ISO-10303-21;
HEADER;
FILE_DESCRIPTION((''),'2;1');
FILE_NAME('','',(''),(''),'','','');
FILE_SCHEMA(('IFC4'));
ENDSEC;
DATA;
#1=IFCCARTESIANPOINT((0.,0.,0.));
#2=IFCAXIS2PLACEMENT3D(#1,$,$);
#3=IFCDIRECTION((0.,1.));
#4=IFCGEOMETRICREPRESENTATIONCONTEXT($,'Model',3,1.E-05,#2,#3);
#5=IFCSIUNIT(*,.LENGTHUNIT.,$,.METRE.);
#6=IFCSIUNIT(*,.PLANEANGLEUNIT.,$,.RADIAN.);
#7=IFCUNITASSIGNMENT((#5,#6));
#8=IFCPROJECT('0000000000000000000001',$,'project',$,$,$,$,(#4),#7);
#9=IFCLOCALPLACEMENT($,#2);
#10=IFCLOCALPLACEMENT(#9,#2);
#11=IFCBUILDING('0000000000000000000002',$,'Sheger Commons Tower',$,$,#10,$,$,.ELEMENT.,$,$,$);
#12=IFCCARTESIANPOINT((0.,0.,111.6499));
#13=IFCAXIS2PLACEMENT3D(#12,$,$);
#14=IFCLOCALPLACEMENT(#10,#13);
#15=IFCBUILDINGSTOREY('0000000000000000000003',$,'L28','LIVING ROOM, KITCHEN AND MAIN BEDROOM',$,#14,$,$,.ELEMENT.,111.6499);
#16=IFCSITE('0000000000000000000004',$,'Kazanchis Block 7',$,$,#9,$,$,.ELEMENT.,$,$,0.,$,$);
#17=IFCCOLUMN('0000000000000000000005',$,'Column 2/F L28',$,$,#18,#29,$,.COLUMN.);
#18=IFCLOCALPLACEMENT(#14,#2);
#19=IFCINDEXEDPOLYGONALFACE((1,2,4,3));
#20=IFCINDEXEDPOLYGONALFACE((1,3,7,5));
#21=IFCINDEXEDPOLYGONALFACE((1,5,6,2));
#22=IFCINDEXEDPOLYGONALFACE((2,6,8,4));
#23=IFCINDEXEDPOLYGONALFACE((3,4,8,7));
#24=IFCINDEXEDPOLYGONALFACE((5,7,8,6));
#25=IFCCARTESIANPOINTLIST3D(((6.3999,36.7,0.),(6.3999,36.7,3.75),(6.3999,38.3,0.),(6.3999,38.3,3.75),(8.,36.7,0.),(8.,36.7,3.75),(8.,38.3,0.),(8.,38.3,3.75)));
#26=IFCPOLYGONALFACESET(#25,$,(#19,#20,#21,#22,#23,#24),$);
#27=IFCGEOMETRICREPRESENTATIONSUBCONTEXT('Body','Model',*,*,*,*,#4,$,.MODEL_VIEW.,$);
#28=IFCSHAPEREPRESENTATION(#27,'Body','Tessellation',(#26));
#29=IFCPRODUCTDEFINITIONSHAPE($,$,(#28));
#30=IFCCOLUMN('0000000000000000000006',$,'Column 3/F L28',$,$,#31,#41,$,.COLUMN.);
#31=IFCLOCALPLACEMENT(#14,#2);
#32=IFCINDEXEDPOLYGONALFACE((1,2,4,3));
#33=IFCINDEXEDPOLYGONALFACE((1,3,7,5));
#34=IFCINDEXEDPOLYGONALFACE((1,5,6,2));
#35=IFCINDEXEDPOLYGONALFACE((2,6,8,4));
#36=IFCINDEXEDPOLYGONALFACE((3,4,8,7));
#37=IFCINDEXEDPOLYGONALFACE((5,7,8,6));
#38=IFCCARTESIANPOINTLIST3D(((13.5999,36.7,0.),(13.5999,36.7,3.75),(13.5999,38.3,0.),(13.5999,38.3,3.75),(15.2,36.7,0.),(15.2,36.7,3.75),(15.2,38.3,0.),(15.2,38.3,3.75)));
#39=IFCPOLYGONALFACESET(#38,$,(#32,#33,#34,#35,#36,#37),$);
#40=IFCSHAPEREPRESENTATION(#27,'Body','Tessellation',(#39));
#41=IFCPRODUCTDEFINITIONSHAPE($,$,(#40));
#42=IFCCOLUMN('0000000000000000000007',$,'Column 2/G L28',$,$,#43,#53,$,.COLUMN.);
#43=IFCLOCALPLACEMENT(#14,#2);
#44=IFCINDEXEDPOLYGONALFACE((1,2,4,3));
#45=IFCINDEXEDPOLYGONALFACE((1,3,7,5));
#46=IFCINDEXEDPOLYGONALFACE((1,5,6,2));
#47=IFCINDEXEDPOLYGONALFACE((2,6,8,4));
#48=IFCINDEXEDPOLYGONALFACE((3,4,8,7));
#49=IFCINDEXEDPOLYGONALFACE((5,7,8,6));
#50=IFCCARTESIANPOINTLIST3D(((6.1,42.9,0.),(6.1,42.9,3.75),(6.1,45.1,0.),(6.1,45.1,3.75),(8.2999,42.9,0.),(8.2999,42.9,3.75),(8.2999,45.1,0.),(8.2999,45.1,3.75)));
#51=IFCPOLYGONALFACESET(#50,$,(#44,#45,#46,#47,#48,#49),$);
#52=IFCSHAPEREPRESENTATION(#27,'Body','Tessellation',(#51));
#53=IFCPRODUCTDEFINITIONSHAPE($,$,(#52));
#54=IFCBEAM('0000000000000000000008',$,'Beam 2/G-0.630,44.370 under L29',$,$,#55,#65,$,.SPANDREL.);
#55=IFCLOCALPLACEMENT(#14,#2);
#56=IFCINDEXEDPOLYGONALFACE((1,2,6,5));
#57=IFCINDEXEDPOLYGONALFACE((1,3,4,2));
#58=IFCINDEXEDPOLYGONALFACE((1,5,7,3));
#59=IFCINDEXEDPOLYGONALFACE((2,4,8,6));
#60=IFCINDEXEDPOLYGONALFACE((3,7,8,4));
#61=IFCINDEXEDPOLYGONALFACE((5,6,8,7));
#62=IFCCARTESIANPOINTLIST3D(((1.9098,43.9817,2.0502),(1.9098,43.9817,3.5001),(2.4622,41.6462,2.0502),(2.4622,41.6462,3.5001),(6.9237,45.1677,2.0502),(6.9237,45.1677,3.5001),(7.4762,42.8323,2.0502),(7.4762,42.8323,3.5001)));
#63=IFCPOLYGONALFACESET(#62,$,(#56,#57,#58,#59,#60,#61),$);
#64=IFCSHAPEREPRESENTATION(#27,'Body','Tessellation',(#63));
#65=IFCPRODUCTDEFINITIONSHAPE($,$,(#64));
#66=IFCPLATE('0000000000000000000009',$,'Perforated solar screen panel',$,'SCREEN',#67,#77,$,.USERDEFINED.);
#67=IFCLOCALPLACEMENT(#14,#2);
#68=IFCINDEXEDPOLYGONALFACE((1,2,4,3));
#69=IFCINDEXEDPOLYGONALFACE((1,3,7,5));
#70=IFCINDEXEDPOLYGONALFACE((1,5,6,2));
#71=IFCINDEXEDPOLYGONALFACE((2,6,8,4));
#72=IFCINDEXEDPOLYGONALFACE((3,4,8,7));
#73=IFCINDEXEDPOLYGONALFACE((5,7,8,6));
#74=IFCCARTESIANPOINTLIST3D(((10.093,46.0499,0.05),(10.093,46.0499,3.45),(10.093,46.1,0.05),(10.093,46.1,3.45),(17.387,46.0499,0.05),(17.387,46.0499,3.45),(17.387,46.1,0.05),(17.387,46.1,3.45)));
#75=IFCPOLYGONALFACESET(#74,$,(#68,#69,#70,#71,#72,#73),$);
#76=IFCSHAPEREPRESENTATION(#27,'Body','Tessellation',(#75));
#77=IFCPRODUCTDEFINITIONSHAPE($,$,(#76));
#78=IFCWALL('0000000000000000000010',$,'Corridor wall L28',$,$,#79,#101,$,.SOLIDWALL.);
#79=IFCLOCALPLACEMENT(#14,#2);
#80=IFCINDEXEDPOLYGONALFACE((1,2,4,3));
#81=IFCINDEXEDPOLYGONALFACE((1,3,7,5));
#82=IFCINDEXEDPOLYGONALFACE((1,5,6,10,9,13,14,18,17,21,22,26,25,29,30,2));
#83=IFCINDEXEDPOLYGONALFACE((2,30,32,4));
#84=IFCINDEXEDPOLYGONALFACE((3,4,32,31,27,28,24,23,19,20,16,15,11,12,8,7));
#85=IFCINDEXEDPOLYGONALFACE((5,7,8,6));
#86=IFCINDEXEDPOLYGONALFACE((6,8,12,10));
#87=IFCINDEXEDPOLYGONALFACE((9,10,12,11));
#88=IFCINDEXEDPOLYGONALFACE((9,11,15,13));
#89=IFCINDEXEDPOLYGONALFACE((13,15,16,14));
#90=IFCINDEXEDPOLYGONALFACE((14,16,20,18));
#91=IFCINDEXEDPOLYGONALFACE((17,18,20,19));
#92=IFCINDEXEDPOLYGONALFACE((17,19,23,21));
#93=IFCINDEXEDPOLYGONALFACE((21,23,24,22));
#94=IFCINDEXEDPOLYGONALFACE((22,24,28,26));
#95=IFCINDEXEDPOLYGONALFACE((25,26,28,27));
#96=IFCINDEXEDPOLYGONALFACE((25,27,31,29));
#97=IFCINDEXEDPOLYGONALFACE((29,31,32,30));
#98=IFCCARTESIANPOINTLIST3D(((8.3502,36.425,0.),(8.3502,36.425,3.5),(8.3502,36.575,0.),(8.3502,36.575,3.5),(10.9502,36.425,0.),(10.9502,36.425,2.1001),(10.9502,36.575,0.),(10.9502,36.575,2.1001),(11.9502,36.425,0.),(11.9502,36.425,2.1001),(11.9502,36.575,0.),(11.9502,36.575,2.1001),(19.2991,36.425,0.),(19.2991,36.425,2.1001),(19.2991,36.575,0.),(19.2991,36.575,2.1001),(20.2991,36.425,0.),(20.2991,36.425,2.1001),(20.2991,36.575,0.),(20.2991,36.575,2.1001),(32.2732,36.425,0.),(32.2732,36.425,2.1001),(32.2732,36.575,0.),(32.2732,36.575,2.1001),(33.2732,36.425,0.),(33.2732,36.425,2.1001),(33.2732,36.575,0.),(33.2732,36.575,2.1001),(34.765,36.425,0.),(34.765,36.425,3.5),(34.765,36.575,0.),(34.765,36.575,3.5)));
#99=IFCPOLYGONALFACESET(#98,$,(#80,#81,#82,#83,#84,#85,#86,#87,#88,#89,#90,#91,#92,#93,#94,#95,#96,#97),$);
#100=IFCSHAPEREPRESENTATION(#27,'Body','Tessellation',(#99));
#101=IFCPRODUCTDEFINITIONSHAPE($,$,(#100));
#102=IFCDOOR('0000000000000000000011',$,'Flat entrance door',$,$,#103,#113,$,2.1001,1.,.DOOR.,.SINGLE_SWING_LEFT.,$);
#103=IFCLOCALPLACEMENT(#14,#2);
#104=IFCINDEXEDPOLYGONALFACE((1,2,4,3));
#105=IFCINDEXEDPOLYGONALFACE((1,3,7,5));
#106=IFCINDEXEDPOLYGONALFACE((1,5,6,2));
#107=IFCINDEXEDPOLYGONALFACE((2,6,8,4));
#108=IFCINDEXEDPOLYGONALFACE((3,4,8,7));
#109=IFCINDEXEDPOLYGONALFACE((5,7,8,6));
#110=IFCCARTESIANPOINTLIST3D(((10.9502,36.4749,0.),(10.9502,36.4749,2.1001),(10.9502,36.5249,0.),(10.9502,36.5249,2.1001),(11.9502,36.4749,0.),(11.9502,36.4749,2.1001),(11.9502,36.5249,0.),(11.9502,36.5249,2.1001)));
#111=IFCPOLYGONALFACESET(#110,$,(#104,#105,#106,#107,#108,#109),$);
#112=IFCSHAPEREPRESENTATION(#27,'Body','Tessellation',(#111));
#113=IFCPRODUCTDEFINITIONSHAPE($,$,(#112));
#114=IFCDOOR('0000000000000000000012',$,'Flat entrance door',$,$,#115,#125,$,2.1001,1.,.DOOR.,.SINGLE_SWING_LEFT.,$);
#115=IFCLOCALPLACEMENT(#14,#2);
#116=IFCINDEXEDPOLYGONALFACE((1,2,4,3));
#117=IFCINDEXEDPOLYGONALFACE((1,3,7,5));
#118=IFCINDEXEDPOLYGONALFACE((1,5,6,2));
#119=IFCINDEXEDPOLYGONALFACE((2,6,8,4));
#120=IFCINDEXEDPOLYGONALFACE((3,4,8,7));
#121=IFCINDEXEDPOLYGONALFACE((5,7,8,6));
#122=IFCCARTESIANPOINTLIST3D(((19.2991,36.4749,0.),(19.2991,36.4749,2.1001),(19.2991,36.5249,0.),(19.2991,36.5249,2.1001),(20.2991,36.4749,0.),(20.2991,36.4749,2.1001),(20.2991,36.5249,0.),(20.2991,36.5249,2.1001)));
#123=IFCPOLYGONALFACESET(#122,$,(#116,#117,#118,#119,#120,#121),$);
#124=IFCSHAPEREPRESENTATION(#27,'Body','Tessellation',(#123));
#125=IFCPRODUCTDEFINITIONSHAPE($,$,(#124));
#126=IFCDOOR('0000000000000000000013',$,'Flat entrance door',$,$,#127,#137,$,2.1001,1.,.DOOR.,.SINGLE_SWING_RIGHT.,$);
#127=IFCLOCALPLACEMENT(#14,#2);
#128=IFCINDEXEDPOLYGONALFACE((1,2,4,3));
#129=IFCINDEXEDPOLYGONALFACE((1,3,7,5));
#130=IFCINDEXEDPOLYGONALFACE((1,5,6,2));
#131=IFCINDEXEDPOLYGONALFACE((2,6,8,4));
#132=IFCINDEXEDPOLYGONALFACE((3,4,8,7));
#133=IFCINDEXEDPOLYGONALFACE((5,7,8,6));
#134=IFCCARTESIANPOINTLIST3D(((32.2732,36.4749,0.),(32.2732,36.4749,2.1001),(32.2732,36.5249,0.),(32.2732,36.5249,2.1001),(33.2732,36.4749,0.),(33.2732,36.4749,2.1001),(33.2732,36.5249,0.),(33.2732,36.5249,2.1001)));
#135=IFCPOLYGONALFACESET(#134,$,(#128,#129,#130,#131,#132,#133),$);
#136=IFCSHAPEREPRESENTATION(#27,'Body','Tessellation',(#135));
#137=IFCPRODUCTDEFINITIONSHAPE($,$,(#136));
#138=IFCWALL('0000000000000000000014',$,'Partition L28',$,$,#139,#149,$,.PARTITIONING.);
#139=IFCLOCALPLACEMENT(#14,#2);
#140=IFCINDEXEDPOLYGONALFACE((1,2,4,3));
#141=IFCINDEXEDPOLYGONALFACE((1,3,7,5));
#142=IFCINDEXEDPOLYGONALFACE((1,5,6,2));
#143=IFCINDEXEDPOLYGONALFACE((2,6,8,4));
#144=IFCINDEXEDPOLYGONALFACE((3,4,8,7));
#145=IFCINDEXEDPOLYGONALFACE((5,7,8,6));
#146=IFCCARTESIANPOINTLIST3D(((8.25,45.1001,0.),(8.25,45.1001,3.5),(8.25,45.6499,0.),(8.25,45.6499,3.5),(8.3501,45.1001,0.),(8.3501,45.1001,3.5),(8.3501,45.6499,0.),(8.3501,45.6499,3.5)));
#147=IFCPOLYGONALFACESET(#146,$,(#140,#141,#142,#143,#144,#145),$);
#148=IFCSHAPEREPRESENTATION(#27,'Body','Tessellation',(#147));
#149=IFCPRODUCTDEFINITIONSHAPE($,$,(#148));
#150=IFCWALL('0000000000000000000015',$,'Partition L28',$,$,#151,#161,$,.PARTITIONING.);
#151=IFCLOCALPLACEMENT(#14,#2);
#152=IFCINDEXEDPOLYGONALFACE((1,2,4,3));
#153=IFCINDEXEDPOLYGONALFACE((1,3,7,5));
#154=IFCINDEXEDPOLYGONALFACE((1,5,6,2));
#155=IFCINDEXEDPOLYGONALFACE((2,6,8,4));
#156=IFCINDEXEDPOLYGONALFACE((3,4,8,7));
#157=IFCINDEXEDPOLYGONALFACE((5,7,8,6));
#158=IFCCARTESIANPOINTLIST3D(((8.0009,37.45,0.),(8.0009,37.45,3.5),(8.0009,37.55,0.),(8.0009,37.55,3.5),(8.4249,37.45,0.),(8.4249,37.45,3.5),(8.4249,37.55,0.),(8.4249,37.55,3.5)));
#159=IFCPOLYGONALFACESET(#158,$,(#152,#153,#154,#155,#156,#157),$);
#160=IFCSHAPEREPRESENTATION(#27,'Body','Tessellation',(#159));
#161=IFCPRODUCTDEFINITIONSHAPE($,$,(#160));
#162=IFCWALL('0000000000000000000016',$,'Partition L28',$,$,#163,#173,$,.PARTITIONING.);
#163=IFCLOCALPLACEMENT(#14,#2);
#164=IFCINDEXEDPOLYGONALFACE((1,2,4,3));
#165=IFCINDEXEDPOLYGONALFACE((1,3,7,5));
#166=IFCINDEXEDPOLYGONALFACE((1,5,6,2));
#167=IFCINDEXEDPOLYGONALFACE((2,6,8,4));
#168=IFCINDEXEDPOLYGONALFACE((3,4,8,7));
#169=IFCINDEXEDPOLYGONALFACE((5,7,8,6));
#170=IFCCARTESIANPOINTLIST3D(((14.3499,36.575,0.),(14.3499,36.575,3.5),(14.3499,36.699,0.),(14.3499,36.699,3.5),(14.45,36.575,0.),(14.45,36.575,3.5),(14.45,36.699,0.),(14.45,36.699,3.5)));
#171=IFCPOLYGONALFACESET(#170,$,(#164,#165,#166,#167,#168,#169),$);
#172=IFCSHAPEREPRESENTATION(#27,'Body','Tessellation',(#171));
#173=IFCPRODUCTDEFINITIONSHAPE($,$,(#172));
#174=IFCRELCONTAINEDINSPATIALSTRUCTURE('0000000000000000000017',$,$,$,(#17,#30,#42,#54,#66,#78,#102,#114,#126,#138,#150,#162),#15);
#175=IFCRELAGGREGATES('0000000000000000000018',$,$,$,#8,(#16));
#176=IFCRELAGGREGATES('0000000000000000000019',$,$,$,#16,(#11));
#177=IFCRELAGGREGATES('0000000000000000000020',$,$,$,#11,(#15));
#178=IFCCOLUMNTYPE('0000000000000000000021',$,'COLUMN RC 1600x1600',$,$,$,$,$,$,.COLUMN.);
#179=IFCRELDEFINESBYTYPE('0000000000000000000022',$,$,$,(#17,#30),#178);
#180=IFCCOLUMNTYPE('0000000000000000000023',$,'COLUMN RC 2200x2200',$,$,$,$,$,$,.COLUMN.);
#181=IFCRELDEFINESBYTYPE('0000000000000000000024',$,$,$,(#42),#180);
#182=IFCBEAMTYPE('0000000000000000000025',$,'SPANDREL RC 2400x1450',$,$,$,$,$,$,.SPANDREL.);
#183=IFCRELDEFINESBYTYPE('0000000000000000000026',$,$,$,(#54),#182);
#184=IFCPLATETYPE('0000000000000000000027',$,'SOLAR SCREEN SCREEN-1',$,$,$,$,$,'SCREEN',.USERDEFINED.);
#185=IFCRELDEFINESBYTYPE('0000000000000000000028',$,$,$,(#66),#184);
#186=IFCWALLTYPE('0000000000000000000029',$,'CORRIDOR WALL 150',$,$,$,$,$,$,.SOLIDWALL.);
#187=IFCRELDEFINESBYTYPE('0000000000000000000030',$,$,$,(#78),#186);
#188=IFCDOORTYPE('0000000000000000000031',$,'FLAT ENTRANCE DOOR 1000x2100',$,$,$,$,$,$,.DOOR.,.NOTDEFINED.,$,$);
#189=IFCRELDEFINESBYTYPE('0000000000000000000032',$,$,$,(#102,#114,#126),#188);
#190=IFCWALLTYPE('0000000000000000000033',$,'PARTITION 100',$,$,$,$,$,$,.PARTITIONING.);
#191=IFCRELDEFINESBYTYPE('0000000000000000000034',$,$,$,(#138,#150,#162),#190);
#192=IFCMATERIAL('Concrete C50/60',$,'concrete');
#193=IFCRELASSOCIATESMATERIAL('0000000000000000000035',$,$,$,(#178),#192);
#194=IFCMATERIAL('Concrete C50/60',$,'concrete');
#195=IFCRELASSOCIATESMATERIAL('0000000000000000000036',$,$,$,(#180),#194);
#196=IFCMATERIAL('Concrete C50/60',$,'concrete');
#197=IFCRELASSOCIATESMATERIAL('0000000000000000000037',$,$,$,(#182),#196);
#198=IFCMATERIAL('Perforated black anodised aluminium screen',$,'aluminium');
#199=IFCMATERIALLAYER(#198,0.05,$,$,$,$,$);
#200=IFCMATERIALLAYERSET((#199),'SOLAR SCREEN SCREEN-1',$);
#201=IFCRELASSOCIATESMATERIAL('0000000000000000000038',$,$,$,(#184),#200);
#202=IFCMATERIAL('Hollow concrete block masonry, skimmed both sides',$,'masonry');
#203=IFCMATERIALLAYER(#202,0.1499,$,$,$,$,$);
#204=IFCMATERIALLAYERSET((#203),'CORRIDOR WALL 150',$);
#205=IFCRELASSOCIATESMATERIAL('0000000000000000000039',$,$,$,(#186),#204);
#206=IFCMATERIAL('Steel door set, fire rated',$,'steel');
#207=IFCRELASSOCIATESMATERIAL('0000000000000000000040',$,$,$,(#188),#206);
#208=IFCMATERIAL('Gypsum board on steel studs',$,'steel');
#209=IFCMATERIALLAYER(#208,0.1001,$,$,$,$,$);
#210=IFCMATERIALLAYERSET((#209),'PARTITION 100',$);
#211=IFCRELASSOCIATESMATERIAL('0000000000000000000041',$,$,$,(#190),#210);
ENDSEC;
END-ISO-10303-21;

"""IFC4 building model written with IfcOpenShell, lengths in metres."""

from ifc_helpers import new_model, si_unit, direction, frame, frame_2d, origin, origin_2d, place, context, subcontext, project, spatial, rectangle, extrude, material, layer, layer_set, material_profile, profile_set, type_object, element, fill, save


model = new_model("IFC4")

# Units and contexts
model_context = context("Model", 3, precision=1e-05, world=origin(), true_north=direction((0.0, 1.0)))
body_context = subcontext(model_context, "Body", "Model", "MODEL_VIEW")
ifc_project = project(units=[si_unit("LENGTHUNIT", "METRE"), si_unit("PLANEANGLEUNIT", "RADIAN")], contexts=[model_context])

# Site, building, storey
site_placement = place(None, origin())
site = spatial("IfcSite", under=ifc_project, at=site_placement, Name="Kazanchis Block 7", CompositionType="ELEMENT", RefElevation=0.0)
building_placement = place(site_placement, origin())
building = spatial("IfcBuilding", under=site, at=building_placement, Name="Sheger Commons Tower", CompositionType="ELEMENT")
storey_placement = place(building_placement, frame((0.0, 0.0, 111.6499)))
storey = spatial("IfcBuildingStorey", under=building, at=storey_placement, Name="L28", Description="LIVING ROOM, KITCHEN AND MAIN BEDROOM", CompositionType="ELEMENT", Elevation=111.6499)

# Columns
ifc_material_1 = material(Name="Concrete C50/60", Category="concrete")
ifc_material_profile_1 = material_profile(ifc_material_1, rectangle(XDim=1.6001, YDim=1.6001, at=origin_2d()), Name="RC 1600x1600")
ifc_profile_set_1 = profile_set([ifc_material_profile_1], Name="Concrete C50/60")
column_type_1 = type_object("IfcColumnType", Name="COLUMN RC 1600x1600", PredefinedType="COLUMN", material=ifc_profile_set_1)
for number, where, z_axis, x_axis, name in (
    (1, (7.2, 37.5, 0.0), (0.0, 0.0, 1.0), (1.0, 0.0, 0.0), "Column 2/F L28"),
    (2, (14.3999, 37.5, 0.0), (0.0, 0.0, 1.0), (1.0, 0.0, 0.0), "Column 3/F L28"),
):
    element("IfcColumn", number, at=place(storey_placement, frame(where, z_axis=z_axis, x_axis=x_axis)), inside=storey, type_object=column_type_1, Name=name, PredefinedType="COLUMN", context=body_context, shape_type="SweptSolid", body=[
        extrude(rectangle(XDim=1.6001, YDim=1.6001, at=origin_2d()), origin(), (0.0, 0.0, 1.0), 3.75),
    ])
ifc_material_2 = material(Name="Concrete C50/60", Category="concrete")
ifc_material_profile_2 = material_profile(ifc_material_2, rectangle(XDim=2.2, YDim=2.2, at=origin_2d()), Name="RC 2200x2200")
ifc_profile_set_2 = profile_set([ifc_material_profile_2], Name="Concrete C50/60")
column_type_2 = type_object("IfcColumnType", Name="COLUMN RC 2200x2200", PredefinedType="COLUMN", material=ifc_profile_set_2)
column_placement = place(storey_placement, frame((7.2, 44.0, 0.0), z_axis=(0.0, 0.0, 1.0), x_axis=(1.0, 0.0, 0.0)))
element("IfcColumn", 3, at=column_placement, inside=storey, type_object=column_type_2, Name="Column 2/G L28", PredefinedType="COLUMN", context=body_context, shape_type="SweptSolid", body=[
    extrude(rectangle(XDim=2.2, YDim=2.2, at=origin_2d()), origin(), (0.0, 0.0, 1.0), 3.75),
])

# Beam
ifc_material_3 = material(Name="Concrete C50/60", Category="concrete")
ifc_material_profile_3 = material_profile(ifc_material_3, rectangle(XDim=2.3999, YDim=1.45, at=origin_2d()), Name="RC 2400x1450")
ifc_profile_set_3 = profile_set([ifc_material_profile_3], Name="Concrete C50/60")
beam_type = type_object("IfcBeamType", Name="SPANDREL RC 2400x1450", PredefinedType="SPANDREL", material=ifc_profile_set_3)
beam_placement = place(storey_placement, frame((7.2, 44.0, 2.7751), z_axis=(-0.973144, -0.230196, 0.0), x_axis=(0.230196, -0.973144, 0.0)))
element("IfcBeam", 4, at=beam_placement, inside=storey, type_object=beam_type, Name="Beam 2/G-0.630,44.370 under L29", PredefinedType="SPANDREL", context=body_context, shape_type="SweptSolid", body=[
    extrude(rectangle(XDim=2.3999, YDim=1.45, at=origin_2d()), origin(), (0.0, 0.0, 1.0), 5.1523),
])

# Plate
ifc_material_4 = material(Name="Perforated black anodised aluminium screen", Category="aluminium")
ifc_layer_1 = layer(ifc_material_4, 0.05)
ifc_layer_set_1 = layer_set([ifc_layer_1], Name="SOLAR SCREEN SCREEN-1")
plate_type = type_object("IfcPlateType", Name="SOLAR SCREEN SCREEN-1", ElementType="SCREEN", PredefinedType="USERDEFINED", material=ifc_layer_set_1)
plate_placement = place(storey_placement, frame((13.74, 46.075, 0.05), z_axis=(0.0, 0.0, 1.0), x_axis=(-1.0, 0.0, 0.0)))
element("IfcPlate", 5, at=plate_placement, inside=storey, type_object=plate_type, Name="Perforated solar screen panel", ObjectType="SCREEN", PredefinedType="USERDEFINED", context=body_context, shape_type="SweptSolid", body=[
    extrude(rectangle(XDim=7.2939, YDim=0.05, at=origin_2d()), origin(), (0.0, 0.0, 1.0), 3.3999),
])

# Wall, openings, doors
ifc_material_5 = material(Name="Hollow concrete block masonry, skimmed both sides", Category="masonry")
ifc_layer_2 = layer(ifc_material_5, 0.1499)
ifc_layer_set_2 = layer_set([ifc_layer_2], Name="CORRIDOR WALL 150")
wall_type_1 = type_object("IfcWallType", Name="CORRIDOR WALL 150", PredefinedType="SOLIDWALL", material=ifc_layer_set_2)
wall_1_placement = place(storey_placement, frame((8.3501, 36.5, 0.0), z_axis=(0.0, 0.0, 1.0), x_axis=(1.0, 0.0, 0.0)))
wall_1 = element("IfcWall", 6, at=wall_1_placement, inside=storey, type_object=wall_type_1, Name="Corridor wall L28", PredefinedType="SOLIDWALL", context=body_context, shape_type="SweptSolid", body=[
    extrude(rectangle(XDim=26.4148, YDim=0.1499, at=frame_2d((13.2075, 0.0))), origin(), (0.0, 0.0, 1.0), 3.5),
])
opening_1_placement = place(wall_1_placement, frame((2.6001, 0.0, 0.0)))
opening_1 = element("IfcOpeningElement", 7, at=opening_1_placement, cuts=wall_1, PredefinedType="OPENING", context=body_context, shape_type="SweptSolid", body=[
    extrude(rectangle(XDim=1.0, YDim=2.1001, at=frame_2d((0.5, 1.05))), frame((0.0, 0.085, 0.0), z_axis=(0.0, -1.0, 0.0), x_axis=(1.0, 0.0, 0.0)), (0.0, 0.0, 1.0), 0.1699),
])
opening_2_placement = place(wall_1_placement, frame((10.949, 0.0, 0.0)))
opening_2 = element("IfcOpeningElement", 8, at=opening_2_placement, cuts=wall_1, PredefinedType="OPENING", context=body_context, shape_type="SweptSolid", body=[
    extrude(rectangle(XDim=1.0, YDim=2.1001, at=frame_2d((0.5, 1.05))), frame((0.0, 0.085, 0.0), z_axis=(0.0, -1.0, 0.0), x_axis=(1.0, 0.0, 0.0)), (0.0, 0.0, 1.0), 0.1699),
])
opening_3_placement = place(wall_1_placement, frame((23.9231, 0.0, 0.0)))
opening_3 = element("IfcOpeningElement", 9, at=opening_3_placement, cuts=wall_1, PredefinedType="OPENING", context=body_context, shape_type="SweptSolid", body=[
    extrude(rectangle(XDim=1.0, YDim=2.1001, at=frame_2d((0.5, 1.05))), frame((0.0, 0.085, 0.0), z_axis=(0.0, -1.0, 0.0), x_axis=(1.0, 0.0, 0.0)), (0.0, 0.0, 1.0), 0.1699),
])
ifc_material_6 = material(Name="Steel door set, fire rated", Category="steel")
door_type_1 = type_object("IfcDoorType", Name="FLAT ENTRANCE DOOR 1000x2100", OperationType="NOTDEFINED", PredefinedType="DOOR", material=ifc_material_6)
door_1_placement = place(opening_1_placement, origin())
door_1 = element("IfcDoor", 10, at=door_1_placement, inside=storey, type_object=door_type_1, Name="Flat entrance door", OperationType="SINGLE_SWING_LEFT", OverallHeight=2.1001, OverallWidth=1.0, PredefinedType="DOOR", context=body_context, shape_type="SweptSolid", body=[
    extrude(rectangle(XDim=1.0, YDim=2.1001, at=frame_2d((0.5, 1.05))), frame((0.0, 0.0249, 0.0), z_axis=(0.0, -1.0, 0.0), x_axis=(1.0, 0.0, 0.0)), (0.0, 0.0, 1.0), 0.05),
])
fill(opening_1, door_1)
door_2_placement = place(opening_2_placement, origin())
door_2 = element("IfcDoor", 11, at=door_2_placement, inside=storey, type_object=door_type_1, Name="Flat entrance door", OperationType="SINGLE_SWING_LEFT", OverallHeight=2.1001, OverallWidth=1.0, PredefinedType="DOOR", context=body_context, shape_type="SweptSolid", body=[
    extrude(rectangle(XDim=1.0, YDim=2.1001, at=frame_2d((0.5, 1.05))), frame((0.0, 0.0249, 0.0), z_axis=(0.0, -1.0, 0.0), x_axis=(1.0, 0.0, 0.0)), (0.0, 0.0, 1.0), 0.05),
])
fill(opening_2, door_2)
door_3_placement = place(opening_3_placement, origin())
door_3 = element("IfcDoor", 12, at=door_3_placement, inside=storey, type_object=door_type_1, Name="Flat entrance door", OperationType="SINGLE_SWING_RIGHT", OverallHeight=2.1001, OverallWidth=1.0, PredefinedType="DOOR", context=body_context, shape_type="SweptSolid", body=[
    extrude(rectangle(XDim=1.0, YDim=2.1001, at=frame_2d((0.5, 1.05))), frame((0.0, 0.0249, 0.0), z_axis=(0.0, -1.0, 0.0), x_axis=(1.0, 0.0, 0.0)), (0.0, 0.0, 1.0), 0.05),
])
fill(opening_3, door_3)

# Walls
ifc_material_7 = material(Name="Gypsum board on steel studs", Category="steel")
ifc_layer_3 = layer(ifc_material_7, 0.1001)
ifc_layer_set_3 = layer_set([ifc_layer_3], Name="PARTITION 100")
wall_type_2 = type_object("IfcWallType", Name="PARTITION 100", PredefinedType="PARTITIONING", material=ifc_layer_set_3)
wall_2_placement = place(storey_placement, frame((8.3, 45.6499, 0.0), z_axis=(0.0, 0.0, 1.0), x_axis=(0.0, -1.0, 0.0)))
element("IfcWall", 13, at=wall_2_placement, inside=storey, type_object=wall_type_2, Name="Partition L28", PredefinedType="PARTITIONING", context=body_context, shape_type="SweptSolid", body=[
    extrude(rectangle(XDim=0.5498, YDim=0.1001, at=frame_2d((0.2749, 0.0))), origin(), (0.0, 0.0, 1.0), 3.5),
])
wall_3_placement = place(storey_placement, frame((8.001, 37.5, 0.0), z_axis=(0.0, 0.0, 1.0), x_axis=(1.0, 0.0, 0.0)))
element("IfcWall", 14, at=wall_3_placement, inside=storey, type_object=wall_type_2, Name="Partition L28", PredefinedType="PARTITIONING", context=body_context, shape_type="SweptSolid", body=[
    extrude(rectangle(XDim=0.4241, YDim=0.1001, at=frame_2d((0.2119, 0.0))), origin(), (0.0, 0.0, 1.0), 3.5),
])
wall_4_placement = place(storey_placement, frame((14.3999, 36.575, 0.0), z_axis=(0.0, 0.0, 1.0), x_axis=(0.0, 1.0, 0.0)))
element("IfcWall", 15, at=wall_4_placement, inside=storey, type_object=wall_type_2, Name="Partition L28", PredefinedType="PARTITIONING", context=body_context, shape_type="SweptSolid", body=[
    extrude(rectangle(XDim=0.124, YDim=0.1001, at=frame_2d((0.062, 0.0))), origin(), (0.0, 0.0, 1.0), 3.5),
])

save(model, "model.ifc")
